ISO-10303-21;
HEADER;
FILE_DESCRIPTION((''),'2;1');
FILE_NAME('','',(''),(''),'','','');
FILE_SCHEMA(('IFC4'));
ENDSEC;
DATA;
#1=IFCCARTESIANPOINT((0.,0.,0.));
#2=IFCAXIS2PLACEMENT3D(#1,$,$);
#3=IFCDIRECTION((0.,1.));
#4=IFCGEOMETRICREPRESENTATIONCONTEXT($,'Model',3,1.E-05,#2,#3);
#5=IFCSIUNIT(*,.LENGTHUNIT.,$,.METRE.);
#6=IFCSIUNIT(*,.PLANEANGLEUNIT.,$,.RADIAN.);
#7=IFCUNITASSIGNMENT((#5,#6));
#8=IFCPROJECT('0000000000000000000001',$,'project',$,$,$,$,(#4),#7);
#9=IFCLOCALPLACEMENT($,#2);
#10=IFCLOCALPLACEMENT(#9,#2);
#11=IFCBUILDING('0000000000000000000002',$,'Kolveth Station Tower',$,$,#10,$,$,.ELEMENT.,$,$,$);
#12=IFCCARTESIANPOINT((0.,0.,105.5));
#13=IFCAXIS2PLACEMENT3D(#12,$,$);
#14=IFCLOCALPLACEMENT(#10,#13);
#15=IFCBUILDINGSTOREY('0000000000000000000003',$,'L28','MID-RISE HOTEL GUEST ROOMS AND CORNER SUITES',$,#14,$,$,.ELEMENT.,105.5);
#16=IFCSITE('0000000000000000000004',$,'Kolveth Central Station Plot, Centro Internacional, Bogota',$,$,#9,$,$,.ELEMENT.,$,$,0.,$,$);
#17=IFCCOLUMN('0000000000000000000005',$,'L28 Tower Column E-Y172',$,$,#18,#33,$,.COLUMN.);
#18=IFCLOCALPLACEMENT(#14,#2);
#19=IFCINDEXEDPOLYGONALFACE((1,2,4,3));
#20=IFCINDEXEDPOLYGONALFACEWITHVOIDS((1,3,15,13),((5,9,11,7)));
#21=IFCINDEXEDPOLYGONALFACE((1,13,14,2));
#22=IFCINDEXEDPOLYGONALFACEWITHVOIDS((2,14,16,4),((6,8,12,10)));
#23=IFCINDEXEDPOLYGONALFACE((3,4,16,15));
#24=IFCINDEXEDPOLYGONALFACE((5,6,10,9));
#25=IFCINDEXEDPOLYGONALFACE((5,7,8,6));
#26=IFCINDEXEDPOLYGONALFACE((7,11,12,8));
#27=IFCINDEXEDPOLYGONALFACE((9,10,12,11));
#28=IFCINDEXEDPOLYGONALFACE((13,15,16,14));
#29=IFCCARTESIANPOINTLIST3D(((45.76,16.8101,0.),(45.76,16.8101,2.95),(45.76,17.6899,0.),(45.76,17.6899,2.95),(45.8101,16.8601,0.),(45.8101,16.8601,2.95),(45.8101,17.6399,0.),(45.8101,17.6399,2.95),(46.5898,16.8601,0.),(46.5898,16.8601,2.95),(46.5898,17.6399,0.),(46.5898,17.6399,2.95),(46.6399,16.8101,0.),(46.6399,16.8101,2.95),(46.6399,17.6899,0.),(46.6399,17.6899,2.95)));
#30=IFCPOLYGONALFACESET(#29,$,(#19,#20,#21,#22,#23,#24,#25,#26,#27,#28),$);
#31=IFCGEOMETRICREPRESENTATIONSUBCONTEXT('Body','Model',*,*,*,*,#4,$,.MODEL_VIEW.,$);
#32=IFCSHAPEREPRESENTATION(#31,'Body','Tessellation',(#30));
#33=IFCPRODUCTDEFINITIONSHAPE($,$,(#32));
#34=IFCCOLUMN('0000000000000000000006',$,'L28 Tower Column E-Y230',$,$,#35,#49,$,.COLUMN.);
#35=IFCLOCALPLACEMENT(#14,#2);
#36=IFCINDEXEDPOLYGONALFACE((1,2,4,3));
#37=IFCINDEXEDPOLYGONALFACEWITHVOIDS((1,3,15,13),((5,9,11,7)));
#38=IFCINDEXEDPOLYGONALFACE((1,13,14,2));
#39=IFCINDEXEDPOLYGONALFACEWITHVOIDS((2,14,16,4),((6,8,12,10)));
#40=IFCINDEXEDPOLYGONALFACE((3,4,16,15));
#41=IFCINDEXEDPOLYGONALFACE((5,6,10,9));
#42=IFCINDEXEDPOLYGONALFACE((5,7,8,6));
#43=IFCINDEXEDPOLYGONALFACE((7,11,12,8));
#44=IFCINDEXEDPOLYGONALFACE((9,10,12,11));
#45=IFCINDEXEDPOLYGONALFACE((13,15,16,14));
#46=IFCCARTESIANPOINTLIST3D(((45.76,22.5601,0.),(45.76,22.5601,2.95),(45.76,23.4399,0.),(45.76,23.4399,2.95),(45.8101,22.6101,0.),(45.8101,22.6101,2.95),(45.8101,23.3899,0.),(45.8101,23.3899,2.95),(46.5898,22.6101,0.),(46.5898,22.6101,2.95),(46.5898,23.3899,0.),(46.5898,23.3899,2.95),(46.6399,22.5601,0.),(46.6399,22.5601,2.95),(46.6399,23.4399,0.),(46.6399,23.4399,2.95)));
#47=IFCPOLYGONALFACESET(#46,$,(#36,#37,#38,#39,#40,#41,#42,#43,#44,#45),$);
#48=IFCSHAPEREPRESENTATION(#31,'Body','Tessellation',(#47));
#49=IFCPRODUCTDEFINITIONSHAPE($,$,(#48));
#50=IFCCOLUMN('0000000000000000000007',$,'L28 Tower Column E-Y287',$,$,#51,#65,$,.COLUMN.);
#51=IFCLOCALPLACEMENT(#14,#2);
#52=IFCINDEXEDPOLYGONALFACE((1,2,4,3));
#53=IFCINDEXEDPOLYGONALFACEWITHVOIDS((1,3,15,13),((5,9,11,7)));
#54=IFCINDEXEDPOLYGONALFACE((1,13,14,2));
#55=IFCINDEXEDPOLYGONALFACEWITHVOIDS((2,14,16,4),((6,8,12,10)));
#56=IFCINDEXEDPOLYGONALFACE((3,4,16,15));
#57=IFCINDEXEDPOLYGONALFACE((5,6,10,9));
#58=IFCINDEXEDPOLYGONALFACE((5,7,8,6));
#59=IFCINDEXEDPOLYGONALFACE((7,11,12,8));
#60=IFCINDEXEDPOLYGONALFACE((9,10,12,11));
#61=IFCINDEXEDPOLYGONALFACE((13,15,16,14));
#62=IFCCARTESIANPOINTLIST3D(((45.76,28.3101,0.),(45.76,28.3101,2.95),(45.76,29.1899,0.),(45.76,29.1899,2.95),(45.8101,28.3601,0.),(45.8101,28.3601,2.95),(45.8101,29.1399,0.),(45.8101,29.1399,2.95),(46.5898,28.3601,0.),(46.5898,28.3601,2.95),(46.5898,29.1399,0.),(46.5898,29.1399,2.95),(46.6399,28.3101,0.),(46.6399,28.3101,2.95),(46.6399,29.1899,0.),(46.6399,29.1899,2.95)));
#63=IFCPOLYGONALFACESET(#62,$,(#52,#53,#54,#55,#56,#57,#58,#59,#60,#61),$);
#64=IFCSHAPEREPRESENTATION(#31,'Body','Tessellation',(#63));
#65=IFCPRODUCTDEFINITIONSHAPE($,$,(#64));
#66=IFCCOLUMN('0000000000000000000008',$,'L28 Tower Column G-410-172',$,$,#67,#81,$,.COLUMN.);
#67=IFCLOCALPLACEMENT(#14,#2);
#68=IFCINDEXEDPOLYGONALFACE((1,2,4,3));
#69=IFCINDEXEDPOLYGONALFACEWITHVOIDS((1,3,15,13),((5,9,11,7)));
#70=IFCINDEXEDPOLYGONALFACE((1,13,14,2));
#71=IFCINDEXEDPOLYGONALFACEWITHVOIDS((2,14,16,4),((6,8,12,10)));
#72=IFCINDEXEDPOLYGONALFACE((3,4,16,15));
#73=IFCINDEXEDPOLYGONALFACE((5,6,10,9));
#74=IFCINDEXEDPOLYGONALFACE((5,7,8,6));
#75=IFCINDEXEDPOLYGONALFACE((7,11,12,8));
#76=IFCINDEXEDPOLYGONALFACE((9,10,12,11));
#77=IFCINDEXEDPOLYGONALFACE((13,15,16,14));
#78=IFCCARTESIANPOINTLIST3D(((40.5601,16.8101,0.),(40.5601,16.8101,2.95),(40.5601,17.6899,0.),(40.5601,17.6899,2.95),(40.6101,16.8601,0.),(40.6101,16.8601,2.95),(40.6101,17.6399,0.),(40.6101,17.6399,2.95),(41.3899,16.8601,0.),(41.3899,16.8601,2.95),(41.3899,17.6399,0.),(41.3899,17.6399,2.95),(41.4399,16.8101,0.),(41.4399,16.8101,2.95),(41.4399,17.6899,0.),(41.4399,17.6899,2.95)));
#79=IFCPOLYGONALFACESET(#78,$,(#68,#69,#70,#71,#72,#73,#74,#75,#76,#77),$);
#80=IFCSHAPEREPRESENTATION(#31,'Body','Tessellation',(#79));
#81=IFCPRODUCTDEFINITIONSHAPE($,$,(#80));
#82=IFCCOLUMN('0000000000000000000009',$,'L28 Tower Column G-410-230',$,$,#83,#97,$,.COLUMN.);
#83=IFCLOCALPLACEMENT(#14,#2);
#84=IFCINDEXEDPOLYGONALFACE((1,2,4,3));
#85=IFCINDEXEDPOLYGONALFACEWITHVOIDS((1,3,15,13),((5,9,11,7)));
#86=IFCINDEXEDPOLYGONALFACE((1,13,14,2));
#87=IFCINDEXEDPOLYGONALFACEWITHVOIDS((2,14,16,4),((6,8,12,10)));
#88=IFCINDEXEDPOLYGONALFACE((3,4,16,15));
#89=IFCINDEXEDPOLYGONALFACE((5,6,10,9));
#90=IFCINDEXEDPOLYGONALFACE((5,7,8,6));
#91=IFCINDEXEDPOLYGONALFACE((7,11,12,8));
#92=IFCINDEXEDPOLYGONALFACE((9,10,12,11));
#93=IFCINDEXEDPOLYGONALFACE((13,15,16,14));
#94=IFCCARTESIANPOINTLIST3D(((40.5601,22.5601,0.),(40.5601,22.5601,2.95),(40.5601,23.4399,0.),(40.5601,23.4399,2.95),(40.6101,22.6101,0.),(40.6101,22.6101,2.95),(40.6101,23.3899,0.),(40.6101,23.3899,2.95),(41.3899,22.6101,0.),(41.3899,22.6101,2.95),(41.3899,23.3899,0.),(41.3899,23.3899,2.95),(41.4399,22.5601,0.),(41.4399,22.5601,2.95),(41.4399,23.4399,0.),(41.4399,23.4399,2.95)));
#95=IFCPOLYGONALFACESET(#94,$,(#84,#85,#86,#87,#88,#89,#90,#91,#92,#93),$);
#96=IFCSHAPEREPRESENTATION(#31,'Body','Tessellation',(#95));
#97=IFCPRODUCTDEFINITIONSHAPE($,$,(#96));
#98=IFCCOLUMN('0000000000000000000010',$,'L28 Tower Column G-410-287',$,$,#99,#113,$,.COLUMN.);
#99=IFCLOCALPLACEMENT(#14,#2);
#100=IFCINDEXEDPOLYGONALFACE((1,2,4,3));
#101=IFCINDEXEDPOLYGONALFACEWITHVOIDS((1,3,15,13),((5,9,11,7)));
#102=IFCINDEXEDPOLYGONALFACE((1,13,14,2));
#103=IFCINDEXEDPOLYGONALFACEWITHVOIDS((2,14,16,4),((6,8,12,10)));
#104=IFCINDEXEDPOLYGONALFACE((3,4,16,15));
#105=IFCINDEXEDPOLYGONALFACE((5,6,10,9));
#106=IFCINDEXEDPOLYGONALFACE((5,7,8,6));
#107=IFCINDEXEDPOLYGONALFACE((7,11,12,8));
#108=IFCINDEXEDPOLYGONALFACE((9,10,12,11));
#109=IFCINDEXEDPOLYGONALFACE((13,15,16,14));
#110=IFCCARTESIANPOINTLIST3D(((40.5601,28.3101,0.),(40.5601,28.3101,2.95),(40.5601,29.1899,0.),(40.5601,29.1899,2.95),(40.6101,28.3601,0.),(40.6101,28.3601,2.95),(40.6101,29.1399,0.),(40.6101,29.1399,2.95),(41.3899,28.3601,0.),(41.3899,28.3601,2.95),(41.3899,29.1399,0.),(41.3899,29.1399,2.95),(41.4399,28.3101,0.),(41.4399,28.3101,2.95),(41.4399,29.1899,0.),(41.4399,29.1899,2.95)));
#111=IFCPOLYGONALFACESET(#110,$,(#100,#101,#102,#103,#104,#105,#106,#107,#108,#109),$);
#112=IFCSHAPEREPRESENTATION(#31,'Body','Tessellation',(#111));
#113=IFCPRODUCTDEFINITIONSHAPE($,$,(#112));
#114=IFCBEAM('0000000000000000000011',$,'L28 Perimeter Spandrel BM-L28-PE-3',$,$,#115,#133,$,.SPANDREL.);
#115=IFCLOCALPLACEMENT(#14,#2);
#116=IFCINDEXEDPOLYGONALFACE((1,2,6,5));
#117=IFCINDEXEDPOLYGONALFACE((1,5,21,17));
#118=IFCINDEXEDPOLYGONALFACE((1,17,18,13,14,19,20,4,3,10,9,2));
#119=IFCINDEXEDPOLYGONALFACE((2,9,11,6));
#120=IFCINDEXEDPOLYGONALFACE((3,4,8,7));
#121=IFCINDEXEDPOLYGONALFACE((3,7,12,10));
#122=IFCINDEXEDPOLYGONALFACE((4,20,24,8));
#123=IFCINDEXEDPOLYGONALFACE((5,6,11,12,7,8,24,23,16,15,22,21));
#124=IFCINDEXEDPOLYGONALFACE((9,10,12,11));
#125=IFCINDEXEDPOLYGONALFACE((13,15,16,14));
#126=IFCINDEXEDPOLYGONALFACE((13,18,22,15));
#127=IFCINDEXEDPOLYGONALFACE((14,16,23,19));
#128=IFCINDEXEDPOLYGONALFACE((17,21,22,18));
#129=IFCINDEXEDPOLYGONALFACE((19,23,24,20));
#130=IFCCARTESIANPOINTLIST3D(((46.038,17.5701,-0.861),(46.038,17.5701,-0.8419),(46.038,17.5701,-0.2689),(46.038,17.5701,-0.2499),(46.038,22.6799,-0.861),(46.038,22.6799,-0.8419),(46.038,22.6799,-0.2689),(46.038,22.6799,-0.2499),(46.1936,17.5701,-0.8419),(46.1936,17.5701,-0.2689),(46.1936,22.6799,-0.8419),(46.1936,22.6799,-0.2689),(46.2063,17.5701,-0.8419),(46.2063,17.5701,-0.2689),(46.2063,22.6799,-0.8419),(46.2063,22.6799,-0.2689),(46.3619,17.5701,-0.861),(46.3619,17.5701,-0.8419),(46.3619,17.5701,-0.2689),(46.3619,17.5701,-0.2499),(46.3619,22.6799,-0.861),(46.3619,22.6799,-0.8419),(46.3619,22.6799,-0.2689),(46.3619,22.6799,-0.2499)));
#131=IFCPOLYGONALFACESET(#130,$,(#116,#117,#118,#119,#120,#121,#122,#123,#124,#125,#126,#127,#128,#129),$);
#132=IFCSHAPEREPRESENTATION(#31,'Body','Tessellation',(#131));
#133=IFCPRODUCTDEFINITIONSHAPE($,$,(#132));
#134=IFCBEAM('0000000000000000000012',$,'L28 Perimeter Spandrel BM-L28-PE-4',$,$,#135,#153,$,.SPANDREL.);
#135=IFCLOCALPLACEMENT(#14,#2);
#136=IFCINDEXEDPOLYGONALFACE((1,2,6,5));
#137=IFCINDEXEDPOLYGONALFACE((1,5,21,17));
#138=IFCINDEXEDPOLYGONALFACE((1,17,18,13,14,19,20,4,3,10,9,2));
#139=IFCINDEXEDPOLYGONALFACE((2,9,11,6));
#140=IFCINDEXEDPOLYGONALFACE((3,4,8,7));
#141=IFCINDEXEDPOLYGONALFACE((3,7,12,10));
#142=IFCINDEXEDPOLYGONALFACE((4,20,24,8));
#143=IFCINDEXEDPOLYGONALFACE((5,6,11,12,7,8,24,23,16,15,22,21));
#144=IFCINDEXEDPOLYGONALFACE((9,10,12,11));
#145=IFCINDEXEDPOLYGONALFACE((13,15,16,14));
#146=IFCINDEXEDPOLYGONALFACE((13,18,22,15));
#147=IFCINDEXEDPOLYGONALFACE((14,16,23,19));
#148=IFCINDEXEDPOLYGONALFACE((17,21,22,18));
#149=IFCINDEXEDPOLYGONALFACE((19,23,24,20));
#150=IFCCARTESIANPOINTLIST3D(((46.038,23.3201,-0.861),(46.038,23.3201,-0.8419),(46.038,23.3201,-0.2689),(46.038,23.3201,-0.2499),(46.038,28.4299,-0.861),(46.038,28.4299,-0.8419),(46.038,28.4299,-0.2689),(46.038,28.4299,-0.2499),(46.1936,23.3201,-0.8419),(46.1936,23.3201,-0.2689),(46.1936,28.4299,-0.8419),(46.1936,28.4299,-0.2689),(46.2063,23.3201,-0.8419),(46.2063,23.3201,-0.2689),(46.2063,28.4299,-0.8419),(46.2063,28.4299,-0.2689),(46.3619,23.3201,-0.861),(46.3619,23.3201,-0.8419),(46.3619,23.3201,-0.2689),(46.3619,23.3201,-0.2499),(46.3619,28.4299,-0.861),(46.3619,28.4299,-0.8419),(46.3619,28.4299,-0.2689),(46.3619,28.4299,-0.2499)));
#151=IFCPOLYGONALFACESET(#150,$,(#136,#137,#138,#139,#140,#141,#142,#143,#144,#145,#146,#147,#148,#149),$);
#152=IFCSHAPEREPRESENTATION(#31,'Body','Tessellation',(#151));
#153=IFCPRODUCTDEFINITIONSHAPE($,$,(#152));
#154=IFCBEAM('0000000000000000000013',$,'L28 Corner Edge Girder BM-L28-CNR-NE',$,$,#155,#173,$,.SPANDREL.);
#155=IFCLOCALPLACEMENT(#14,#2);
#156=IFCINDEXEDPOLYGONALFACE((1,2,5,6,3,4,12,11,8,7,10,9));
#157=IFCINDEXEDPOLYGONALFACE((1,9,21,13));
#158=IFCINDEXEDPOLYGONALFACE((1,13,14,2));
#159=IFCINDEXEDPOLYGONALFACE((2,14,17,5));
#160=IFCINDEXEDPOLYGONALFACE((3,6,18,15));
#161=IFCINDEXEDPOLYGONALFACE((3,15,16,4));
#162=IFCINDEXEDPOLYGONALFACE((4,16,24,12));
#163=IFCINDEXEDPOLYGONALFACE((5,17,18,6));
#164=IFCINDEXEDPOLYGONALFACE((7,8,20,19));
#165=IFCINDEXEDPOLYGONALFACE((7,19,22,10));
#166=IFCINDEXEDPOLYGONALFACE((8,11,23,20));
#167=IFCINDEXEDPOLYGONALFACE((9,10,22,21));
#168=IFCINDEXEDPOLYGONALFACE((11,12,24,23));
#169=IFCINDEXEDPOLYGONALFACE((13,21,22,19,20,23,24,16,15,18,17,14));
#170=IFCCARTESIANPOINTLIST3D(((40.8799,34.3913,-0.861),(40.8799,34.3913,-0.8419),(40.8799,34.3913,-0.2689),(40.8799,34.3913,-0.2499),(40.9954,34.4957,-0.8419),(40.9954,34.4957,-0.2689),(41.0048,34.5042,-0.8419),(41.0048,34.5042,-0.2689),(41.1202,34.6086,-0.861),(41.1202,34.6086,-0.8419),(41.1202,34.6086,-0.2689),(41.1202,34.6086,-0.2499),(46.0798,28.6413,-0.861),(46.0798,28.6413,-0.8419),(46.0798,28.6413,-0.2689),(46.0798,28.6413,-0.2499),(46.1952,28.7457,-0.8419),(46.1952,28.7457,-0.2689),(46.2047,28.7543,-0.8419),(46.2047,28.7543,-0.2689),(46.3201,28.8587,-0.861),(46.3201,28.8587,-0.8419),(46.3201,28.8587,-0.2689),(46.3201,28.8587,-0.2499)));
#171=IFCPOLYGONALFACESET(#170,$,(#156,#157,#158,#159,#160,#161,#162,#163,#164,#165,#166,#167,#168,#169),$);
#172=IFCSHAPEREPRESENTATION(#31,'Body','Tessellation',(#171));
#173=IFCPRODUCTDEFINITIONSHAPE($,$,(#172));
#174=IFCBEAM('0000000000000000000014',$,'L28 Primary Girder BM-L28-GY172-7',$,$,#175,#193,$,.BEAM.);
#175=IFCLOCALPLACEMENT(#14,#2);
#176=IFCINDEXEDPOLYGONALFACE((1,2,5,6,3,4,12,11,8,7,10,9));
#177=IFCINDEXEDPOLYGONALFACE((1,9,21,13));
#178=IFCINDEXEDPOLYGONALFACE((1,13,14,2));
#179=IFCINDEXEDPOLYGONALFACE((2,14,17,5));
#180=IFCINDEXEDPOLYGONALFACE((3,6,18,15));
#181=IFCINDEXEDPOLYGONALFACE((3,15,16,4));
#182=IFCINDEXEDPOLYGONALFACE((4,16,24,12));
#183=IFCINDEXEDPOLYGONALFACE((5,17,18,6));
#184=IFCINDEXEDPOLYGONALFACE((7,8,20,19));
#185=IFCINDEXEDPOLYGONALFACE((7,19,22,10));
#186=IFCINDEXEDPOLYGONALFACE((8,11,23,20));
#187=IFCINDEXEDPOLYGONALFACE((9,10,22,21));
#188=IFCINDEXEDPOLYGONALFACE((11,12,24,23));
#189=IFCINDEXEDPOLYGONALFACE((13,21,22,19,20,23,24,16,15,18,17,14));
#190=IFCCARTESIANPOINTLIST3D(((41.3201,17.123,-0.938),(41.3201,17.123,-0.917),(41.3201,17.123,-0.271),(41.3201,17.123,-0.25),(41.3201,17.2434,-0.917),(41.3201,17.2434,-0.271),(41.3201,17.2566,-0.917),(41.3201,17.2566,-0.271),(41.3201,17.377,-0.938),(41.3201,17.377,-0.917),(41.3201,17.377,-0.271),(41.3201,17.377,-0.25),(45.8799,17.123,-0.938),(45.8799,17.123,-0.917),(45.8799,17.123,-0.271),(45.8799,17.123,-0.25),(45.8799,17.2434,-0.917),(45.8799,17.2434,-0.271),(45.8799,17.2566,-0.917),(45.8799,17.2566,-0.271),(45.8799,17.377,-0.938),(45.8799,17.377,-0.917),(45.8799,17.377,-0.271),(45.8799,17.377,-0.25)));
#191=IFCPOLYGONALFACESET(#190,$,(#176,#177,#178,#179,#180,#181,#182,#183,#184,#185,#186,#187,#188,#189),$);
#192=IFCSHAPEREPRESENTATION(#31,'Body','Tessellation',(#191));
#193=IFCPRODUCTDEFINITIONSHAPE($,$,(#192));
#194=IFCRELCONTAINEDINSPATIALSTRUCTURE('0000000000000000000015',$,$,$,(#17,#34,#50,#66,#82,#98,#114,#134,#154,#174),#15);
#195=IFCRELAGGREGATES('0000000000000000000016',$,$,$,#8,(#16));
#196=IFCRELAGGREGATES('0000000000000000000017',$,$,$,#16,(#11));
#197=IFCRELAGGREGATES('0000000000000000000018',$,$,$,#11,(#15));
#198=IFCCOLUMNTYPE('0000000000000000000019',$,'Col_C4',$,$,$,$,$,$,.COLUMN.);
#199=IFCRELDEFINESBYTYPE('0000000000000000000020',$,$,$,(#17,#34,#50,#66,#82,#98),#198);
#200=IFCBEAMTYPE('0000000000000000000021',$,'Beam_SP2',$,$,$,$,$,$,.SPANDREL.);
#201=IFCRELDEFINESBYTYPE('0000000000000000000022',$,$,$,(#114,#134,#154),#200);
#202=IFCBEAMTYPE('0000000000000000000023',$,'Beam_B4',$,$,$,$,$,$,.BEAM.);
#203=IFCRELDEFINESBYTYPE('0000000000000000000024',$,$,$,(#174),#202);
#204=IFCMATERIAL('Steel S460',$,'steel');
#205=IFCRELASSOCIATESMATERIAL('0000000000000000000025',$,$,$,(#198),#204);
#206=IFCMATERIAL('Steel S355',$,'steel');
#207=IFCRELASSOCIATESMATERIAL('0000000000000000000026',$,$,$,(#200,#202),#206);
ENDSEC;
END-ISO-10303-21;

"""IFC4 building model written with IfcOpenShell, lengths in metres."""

from ifc_helpers import new_model, si_unit, direction, frame, origin, origin_2d, place, context, subcontext, project, spatial, hollow_rectangle, i_section, extrude, source, transform, mapped, material, material_profile, profile_set, type_object, element, save


model = new_model("IFC4")

# Units and contexts
model_context = context("Model", 3, precision=1e-05, world=origin(), true_north=direction((0.0, 1.0)))
body_context = subcontext(model_context, "Body", "Model", "MODEL_VIEW")
ifc_project = project(units=[si_unit("LENGTHUNIT", "METRE"), si_unit("PLANEANGLEUNIT", "RADIAN")], contexts=[model_context])

# Site, building, storey
site_placement = place(None, origin())
site = spatial("IfcSite", under=ifc_project, at=site_placement, Name="Kolveth Central Station Plot, Centro Internacional, Bogota", CompositionType="ELEMENT", RefElevation=0.0)
building_placement = place(site_placement, origin())
building = spatial("IfcBuilding", under=site, at=building_placement, Name="Kolveth Station Tower", CompositionType="ELEMENT")
storey_placement = place(building_placement, frame((0.0, 0.0, 105.5)))
storey = spatial("IfcBuildingStorey", under=building, at=storey_placement, Name="L28", Description="MID-RISE HOTEL GUEST ROOMS AND CORNER SUITES", CompositionType="ELEMENT", Elevation=105.5)

# Columns
ifc_material_1 = material(Name="Steel S460", Category="steel")
ifc_material_profile_1 = material_profile(ifc_material_1, hollow_rectangle(XDim=0.8799, YDim=0.8799, WallThickness=0.05, at=origin_2d()), Name="BOX880x880x50")
ifc_profile_set_1 = profile_set([ifc_material_profile_1], Name="Steel S460")
column_type = type_object("IfcColumnType", Name="Col_C4", PredefinedType="COLUMN", material=ifc_profile_set_1)
shared_shape_1 = source(origin(), body_context, "Body", "SweptSolid", [
    extrude(hollow_rectangle(XDim=0.8799, YDim=0.8799, WallThickness=0.05, at=origin_2d()), origin(), (0.0, 0.0, 1.0), 2.95),
])
for number, where, z_axis, x_axis, name in (
    (1, (46.2, 17.25, 0.0), (0.0, 0.0, 1.0), (1.0, 0.0, 0.0), "L28 Tower Column E-Y172"),
    (2, (46.2, 23.0, 0.0), (0.0, 0.0, 1.0), (1.0, 0.0, 0.0), "L28 Tower Column E-Y230"),
    (3, (46.2, 28.75, 0.0), (0.0, 0.0, 1.0), (1.0, 0.0, 0.0), "L28 Tower Column E-Y287"),
    (4, (41.0, 17.25, 0.0), (0.0, 0.0, 1.0), (1.0, 0.0, 0.0), "L28 Tower Column G-410-172"),
    (5, (41.0, 23.0, 0.0), (0.0, 0.0, 1.0), (1.0, 0.0, 0.0), "L28 Tower Column G-410-230"),
    (6, (41.0, 28.75, 0.0), (0.0, 0.0, 1.0), (1.0, 0.0, 0.0), "L28 Tower Column G-410-287"),
):
    element("IfcColumn", number, at=place(storey_placement, frame(where, z_axis=z_axis, x_axis=x_axis)), inside=storey, type_object=column_type, Name=name, PredefinedType="COLUMN", context=body_context, shape_type="MappedRepresentation", body=[
        mapped(shared_shape_1, transform((0.0, 0.0, 0.0), x_axis=(1.0, 0.0, 0.0), y_axis=(0.0, 1.0, 0.0), z_axis=(0.0, 0.0, 1.0), scale=1.0)),
    ])

# Beams
ifc_material_2 = material(Name="Steel S355", Category="steel")
ifc_material_profile_2 = material_profile(ifc_material_2, i_section(OverallWidth=0.324, OverallDepth=0.6111, WebThickness=0.0127, FlangeThickness=0.019, at=origin_2d()), Name="W610x155")
ifc_profile_set_2 = profile_set([ifc_material_profile_2], Name="Steel S355")
beam_type_1 = type_object("IfcBeamType", Name="Beam_SP2", PredefinedType="SPANDREL", material=ifc_profile_set_2)
shared_shape_2 = source(origin(), body_context, "Body", "SweptSolid", [
    extrude(i_section(OverallWidth=0.324, OverallDepth=0.6111, WebThickness=0.0127, FlangeThickness=0.019, at=origin_2d()), origin(), (0.0, 0.0, 1.0), 5.1099),
])
for number, where, z_axis, x_axis, name in (
    (7, (46.2, 17.5701, -0.5554), (0.0, 1.0, 0.0), (-1.0, 0.0, 0.0), "L28 Perimeter Spandrel BM-L28-PE-3"),
    (8, (46.2, 23.3201, -0.5554), (0.0, 1.0, 0.0), (-1.0, 0.0, 0.0), "L28 Perimeter Spandrel BM-L28-PE-4"),
):
    element("IfcBeam", number, at=place(storey_placement, frame(where, z_axis=z_axis, x_axis=x_axis)), inside=storey, type_object=beam_type_1, Name=name, PredefinedType="SPANDREL", context=body_context, shape_type="MappedRepresentation", body=[
        mapped(shared_shape_2, transform((0.0, 0.0, 0.0), x_axis=(1.0, 0.0, 0.0), y_axis=(0.0, 1.0, 0.0), z_axis=(0.0, 0.0, 1.0), scale=1.0)),
    ])
shared_shape_3 = source(origin(), body_context, "Body", "SweptSolid", [
    extrude(i_section(OverallWidth=0.324, OverallDepth=0.6111, WebThickness=0.0127, FlangeThickness=0.019, at=origin_2d()), origin(), (0.0, 0.0, 1.0), 7.7524),
])
beam_placement = place(storey_placement, frame((46.2, 28.75, -0.5554), z_axis=(-0.670741, 0.741692, 0.0), x_axis=(-0.741692, -0.670741, 0.0)))
element("IfcBeam", 9, at=beam_placement, inside=storey, type_object=beam_type_1, Name="L28 Corner Edge Girder BM-L28-CNR-NE", PredefinedType="SPANDREL", context=body_context, shape_type="MappedRepresentation", body=[
    mapped(shared_shape_3, transform((0.0, 0.0, 0.0), x_axis=(1.0, 0.0, 0.0), y_axis=(0.0, 1.0, 0.0), z_axis=(0.0, 0.0, 1.0), scale=1.0)),
])
ifc_material_profile_3 = material_profile(ifc_material_2, i_section(OverallWidth=0.2539, OverallDepth=0.688, WebThickness=0.0132, FlangeThickness=0.021, at=origin_2d()), Name="W690x152")
ifc_profile_set_3 = profile_set([ifc_material_profile_3], Name="Steel S355")
beam_type_2 = type_object("IfcBeamType", Name="Beam_B4", PredefinedType="BEAM", material=ifc_profile_set_3)
shared_shape_4 = source(origin(), body_context, "Body", "SweptSolid", [
    extrude(i_section(OverallWidth=0.2539, OverallDepth=0.688, WebThickness=0.0132, FlangeThickness=0.021, at=origin_2d()), origin(), (0.0, 0.0, 1.0), 4.5598),
])
for number, where, z_axis, x_axis, name in (
    (10, (41.3201, 17.25, -0.594), (1.0, 0.0, 0.0), (0.0, 1.0, 0.0), "L28 Primary Girder BM-L28-GY172-7"),
):
    element("IfcBeam", number, at=place(storey_placement, frame(where, z_axis=z_axis, x_axis=x_axis)), inside=storey, type_object=beam_type_2, Name=name, PredefinedType="BEAM", context=body_context, shape_type="MappedRepresentation", body=[
        mapped(shared_shape_4, transform((0.0, 0.0, 0.0), x_axis=(1.0, 0.0, 0.0), y_axis=(0.0, 1.0, 0.0), z_axis=(0.0, 0.0, 1.0), scale=1.0)),
    ])

save(model, "model.ifc")
